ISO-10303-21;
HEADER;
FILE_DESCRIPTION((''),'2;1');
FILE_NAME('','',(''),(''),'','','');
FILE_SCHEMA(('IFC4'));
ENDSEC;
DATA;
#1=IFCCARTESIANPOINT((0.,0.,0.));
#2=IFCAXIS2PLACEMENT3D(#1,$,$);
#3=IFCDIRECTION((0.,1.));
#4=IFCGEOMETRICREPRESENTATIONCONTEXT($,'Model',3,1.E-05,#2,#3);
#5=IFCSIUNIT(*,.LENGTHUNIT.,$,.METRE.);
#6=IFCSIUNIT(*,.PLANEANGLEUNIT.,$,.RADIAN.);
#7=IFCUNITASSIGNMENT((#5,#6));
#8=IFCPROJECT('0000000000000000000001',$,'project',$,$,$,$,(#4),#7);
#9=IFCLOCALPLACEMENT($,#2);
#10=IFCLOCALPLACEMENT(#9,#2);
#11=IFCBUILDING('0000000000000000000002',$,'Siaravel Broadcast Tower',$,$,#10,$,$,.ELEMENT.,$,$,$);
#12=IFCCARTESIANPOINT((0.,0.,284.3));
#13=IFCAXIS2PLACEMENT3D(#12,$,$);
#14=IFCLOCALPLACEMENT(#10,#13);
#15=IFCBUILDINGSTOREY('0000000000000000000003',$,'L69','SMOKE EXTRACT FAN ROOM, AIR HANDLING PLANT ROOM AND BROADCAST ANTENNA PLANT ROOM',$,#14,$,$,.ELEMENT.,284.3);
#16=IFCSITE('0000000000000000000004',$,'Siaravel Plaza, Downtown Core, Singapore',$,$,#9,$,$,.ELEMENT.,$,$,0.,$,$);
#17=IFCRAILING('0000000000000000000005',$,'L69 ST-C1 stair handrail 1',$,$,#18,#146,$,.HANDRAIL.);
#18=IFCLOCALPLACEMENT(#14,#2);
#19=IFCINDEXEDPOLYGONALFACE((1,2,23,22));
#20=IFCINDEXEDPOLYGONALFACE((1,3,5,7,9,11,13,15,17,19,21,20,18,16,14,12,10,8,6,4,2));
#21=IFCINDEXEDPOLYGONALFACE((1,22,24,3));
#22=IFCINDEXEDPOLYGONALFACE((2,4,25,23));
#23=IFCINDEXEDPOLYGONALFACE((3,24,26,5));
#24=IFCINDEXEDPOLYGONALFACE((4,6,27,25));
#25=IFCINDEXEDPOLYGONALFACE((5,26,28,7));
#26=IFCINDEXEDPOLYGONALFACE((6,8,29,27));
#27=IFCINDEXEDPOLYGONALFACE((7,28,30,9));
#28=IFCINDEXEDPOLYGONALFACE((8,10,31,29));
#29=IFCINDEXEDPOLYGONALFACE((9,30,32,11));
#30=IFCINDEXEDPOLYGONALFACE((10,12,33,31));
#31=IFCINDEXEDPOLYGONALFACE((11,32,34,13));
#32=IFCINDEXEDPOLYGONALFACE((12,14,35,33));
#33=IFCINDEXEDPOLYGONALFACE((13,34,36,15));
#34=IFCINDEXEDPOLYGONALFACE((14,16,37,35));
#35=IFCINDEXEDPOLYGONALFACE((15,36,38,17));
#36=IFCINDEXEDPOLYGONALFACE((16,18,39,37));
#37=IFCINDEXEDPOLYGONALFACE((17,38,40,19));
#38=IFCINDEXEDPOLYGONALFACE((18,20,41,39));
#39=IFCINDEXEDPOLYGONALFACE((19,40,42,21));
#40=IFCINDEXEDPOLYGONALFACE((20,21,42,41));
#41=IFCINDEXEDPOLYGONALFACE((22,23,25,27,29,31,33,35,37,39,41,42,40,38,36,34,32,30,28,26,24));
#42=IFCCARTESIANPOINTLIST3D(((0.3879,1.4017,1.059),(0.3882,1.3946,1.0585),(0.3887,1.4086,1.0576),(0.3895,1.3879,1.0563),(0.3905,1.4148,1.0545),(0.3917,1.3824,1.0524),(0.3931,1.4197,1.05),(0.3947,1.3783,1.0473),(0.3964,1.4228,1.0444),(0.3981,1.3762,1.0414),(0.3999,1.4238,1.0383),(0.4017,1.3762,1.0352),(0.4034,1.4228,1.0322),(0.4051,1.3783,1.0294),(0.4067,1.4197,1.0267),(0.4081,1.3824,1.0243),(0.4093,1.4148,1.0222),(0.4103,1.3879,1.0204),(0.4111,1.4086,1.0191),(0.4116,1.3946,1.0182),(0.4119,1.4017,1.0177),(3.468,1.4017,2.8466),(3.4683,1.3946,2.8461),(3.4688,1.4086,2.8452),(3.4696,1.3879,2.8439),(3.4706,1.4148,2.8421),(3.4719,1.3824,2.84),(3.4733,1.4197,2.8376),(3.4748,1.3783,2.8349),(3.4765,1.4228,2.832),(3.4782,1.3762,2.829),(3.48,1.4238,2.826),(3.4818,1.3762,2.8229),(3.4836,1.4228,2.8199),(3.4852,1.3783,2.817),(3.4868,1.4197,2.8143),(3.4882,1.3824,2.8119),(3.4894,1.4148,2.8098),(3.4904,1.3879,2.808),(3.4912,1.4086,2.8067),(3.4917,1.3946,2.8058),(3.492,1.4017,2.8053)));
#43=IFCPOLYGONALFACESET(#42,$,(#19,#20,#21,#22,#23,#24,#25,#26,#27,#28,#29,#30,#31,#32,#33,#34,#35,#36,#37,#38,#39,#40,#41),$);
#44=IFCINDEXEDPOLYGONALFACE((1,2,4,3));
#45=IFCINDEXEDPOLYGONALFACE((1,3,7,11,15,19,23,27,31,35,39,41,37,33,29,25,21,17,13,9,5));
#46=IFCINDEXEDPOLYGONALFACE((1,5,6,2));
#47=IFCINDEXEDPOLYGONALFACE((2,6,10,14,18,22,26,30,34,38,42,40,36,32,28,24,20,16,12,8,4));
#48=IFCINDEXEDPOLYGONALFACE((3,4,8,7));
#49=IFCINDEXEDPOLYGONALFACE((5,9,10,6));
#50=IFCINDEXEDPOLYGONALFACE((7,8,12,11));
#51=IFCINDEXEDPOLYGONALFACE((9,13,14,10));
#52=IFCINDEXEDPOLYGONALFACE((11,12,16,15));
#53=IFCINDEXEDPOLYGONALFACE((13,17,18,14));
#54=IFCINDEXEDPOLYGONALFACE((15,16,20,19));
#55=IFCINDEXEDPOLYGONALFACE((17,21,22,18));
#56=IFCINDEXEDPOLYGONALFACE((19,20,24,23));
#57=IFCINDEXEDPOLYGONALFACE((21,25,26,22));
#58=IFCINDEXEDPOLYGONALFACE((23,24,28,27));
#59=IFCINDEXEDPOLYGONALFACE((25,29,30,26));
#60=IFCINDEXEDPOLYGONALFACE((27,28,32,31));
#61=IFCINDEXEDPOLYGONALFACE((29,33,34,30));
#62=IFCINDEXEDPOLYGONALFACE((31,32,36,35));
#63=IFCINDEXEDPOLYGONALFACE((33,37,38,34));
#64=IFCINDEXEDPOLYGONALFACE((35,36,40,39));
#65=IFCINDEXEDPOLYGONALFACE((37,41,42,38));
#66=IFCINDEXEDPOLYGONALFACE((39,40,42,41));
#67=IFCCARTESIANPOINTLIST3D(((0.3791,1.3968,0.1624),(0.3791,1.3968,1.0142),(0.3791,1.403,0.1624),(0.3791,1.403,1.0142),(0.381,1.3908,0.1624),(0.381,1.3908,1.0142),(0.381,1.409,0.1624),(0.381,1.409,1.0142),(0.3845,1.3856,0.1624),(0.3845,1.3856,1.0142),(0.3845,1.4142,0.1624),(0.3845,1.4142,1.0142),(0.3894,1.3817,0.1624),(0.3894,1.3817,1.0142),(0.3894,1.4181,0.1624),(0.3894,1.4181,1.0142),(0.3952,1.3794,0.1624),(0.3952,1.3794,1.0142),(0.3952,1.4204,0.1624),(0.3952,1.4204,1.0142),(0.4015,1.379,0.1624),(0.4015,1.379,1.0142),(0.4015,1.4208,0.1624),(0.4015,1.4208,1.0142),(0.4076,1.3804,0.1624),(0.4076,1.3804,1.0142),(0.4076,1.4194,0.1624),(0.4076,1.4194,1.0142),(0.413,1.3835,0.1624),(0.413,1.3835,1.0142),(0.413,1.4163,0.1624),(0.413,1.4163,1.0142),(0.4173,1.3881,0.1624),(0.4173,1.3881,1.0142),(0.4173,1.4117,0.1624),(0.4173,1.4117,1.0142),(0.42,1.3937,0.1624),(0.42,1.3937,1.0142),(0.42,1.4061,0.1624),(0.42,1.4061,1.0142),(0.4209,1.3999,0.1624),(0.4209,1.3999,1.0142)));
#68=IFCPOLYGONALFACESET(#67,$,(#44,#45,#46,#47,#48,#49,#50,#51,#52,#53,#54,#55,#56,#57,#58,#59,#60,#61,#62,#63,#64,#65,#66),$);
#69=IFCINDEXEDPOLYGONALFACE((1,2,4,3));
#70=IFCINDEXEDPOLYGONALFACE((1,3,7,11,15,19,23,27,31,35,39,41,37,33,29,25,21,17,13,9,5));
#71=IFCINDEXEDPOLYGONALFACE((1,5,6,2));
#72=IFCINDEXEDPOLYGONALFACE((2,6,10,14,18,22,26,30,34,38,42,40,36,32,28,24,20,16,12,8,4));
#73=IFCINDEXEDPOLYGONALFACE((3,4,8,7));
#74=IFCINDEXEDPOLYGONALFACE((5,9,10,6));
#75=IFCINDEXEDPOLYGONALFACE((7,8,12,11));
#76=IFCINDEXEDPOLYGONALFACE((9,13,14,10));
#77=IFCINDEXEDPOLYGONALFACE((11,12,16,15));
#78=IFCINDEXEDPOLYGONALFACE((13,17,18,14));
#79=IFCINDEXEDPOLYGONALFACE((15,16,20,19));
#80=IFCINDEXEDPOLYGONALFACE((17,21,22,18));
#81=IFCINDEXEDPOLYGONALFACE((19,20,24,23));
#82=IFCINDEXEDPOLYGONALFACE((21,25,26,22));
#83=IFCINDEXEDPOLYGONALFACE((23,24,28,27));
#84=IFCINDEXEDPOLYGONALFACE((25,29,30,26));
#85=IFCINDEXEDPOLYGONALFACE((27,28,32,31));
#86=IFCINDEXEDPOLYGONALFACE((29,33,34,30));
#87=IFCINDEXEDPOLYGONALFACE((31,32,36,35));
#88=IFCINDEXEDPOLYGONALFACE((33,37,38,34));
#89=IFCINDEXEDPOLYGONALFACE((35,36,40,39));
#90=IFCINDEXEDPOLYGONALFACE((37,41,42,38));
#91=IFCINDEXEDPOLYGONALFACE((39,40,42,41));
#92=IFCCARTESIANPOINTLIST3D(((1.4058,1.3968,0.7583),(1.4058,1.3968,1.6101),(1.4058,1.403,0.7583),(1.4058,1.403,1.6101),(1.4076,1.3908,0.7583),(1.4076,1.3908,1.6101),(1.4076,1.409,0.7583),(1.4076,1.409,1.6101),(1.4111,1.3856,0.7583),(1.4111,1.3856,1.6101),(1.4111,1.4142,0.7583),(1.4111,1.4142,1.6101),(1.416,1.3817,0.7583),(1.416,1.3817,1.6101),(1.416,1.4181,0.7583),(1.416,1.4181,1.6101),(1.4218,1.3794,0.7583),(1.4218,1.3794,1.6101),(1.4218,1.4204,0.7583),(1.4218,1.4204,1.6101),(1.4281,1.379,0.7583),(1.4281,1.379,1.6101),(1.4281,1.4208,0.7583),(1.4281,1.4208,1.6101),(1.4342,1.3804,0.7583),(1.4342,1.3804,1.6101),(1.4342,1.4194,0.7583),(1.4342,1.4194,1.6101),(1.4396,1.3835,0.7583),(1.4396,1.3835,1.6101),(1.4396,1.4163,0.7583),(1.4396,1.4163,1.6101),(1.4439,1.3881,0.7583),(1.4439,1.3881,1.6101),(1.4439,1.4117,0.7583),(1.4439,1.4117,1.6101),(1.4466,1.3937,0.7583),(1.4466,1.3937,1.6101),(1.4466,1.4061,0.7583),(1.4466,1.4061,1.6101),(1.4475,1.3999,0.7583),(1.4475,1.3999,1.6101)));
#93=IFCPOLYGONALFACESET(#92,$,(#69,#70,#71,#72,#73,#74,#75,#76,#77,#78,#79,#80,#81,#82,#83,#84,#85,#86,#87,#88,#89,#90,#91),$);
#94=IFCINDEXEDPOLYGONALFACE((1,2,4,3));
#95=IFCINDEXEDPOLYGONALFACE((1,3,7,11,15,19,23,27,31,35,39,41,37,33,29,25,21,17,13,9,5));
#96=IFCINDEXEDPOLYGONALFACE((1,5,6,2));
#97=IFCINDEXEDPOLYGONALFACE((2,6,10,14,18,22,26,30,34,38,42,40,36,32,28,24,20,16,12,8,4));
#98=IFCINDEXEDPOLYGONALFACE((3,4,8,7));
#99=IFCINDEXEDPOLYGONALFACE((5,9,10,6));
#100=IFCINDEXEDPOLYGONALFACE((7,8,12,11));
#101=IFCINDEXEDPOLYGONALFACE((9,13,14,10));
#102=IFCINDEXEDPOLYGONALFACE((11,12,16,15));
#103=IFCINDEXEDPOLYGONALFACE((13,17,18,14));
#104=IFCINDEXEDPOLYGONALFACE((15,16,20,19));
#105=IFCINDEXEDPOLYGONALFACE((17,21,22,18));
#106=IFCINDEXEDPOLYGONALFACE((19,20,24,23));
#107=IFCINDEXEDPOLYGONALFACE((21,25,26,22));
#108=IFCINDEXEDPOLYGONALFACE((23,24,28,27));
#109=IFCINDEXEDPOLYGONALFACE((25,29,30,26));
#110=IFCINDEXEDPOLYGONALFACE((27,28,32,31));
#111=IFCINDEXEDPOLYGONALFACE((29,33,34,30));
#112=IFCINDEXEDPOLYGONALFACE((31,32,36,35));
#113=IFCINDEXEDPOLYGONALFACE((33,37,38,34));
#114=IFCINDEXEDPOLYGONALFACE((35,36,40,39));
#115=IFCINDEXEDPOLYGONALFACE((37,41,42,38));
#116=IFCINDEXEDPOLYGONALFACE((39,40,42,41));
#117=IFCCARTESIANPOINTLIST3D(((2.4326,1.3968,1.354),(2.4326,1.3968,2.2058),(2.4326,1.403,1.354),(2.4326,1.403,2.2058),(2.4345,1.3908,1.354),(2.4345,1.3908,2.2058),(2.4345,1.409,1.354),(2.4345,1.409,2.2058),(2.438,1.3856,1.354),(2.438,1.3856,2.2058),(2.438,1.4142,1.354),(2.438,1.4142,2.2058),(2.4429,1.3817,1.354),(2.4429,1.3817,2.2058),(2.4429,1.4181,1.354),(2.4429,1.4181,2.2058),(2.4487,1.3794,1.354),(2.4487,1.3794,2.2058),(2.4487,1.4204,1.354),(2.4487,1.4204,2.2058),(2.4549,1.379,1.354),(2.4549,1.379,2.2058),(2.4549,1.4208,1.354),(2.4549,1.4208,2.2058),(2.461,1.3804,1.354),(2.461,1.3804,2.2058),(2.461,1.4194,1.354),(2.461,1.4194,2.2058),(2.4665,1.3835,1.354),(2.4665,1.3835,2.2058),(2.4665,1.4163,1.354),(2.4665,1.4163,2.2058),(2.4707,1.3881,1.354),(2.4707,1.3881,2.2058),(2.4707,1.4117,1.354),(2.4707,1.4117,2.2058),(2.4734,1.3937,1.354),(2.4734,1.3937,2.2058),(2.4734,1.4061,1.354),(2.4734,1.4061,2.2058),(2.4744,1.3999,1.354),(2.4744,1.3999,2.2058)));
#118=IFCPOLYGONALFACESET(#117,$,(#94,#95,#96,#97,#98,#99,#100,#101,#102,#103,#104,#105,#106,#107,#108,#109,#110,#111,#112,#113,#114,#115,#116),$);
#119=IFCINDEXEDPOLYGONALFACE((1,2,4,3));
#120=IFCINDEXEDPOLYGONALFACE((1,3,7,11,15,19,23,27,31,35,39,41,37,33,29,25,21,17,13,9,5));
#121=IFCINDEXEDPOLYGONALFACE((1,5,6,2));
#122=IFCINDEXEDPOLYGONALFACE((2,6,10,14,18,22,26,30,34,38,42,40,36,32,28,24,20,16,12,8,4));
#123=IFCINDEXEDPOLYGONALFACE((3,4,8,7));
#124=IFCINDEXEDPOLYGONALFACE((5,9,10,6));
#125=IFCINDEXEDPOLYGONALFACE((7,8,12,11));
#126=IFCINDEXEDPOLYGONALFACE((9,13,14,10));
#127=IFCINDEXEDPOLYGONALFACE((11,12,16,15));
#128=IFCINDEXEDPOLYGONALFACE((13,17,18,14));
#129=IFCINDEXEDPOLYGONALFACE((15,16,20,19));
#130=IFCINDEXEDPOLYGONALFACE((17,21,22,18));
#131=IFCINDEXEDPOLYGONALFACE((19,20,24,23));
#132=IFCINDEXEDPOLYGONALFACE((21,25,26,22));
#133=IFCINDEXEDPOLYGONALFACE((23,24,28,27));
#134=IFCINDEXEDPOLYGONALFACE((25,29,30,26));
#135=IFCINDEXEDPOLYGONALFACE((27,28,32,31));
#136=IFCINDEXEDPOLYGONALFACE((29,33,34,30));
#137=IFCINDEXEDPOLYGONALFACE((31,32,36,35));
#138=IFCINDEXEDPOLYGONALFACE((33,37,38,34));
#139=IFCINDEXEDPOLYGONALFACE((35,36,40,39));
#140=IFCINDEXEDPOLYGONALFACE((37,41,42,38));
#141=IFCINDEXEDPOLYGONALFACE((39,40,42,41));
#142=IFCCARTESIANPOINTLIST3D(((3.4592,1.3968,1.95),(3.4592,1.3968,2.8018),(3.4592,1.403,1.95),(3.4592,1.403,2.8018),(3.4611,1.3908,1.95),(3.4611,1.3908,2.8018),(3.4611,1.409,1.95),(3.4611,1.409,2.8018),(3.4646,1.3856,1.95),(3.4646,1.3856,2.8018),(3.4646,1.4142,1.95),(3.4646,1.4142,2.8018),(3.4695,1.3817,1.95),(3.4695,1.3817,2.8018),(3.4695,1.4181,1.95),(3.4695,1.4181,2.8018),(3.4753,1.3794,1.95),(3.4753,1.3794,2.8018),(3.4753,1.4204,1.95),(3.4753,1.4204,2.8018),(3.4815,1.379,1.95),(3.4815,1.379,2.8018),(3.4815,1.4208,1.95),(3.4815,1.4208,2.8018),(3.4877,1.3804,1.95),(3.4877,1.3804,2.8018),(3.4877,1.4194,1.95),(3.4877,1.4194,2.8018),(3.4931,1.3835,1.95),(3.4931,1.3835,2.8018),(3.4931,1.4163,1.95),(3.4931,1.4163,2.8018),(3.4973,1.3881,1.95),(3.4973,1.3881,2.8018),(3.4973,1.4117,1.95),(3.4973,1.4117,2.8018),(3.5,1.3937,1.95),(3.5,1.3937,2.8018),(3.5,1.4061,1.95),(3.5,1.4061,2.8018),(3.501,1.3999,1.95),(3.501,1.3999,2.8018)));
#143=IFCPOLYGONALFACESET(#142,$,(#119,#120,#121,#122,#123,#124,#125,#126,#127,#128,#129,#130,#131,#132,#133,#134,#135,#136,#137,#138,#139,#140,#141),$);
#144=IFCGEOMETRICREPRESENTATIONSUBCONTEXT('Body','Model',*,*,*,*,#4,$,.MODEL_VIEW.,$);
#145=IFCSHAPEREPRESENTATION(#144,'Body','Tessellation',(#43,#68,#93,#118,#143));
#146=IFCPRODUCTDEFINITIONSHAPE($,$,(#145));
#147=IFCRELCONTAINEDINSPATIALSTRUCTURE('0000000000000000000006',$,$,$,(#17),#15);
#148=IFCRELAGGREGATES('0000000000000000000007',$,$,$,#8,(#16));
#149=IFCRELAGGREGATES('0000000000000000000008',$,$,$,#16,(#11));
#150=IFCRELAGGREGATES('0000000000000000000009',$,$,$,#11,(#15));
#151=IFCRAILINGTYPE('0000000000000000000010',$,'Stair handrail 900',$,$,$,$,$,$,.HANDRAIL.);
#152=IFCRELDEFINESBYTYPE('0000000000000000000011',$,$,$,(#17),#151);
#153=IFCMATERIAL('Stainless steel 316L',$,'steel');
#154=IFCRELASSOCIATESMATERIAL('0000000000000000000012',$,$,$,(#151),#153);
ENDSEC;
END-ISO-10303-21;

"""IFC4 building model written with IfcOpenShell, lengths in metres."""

from ifc_helpers import new_model, si_unit, direction, frame, origin, origin_2d, place, context, subcontext, project, spatial, circle, extrude, material, type_object, element, save


model = new_model("IFC4")

# Units and contexts
model_context = context("Model", 3, precision=1e-05, world=origin(), true_north=direction((0.0, 1.0)))
body_context = subcontext(model_context, "Body", "Model", "MODEL_VIEW")
ifc_project = project(units=[si_unit("LENGTHUNIT", "METRE"), si_unit("PLANEANGLEUNIT", "RADIAN")], contexts=[model_context])

# Site, building, storey
site_placement = place(None, origin())
site = spatial("IfcSite", under=ifc_project, at=site_placement, Name="Siaravel Plaza, Downtown Core, Singapore", CompositionType="ELEMENT", RefElevation=0.0)
building_placement = place(site_placement, origin())
building = spatial("IfcBuilding", under=site, at=building_placement, Name="Siaravel Broadcast Tower", CompositionType="ELEMENT")
storey_placement = place(building_placement, frame((0.0, 0.0, 284.3)))
storey = spatial("IfcBuildingStorey", under=building, at=storey_placement, Name="L69", Description="SMOKE EXTRACT FAN ROOM, AIR HANDLING PLANT ROOM AND BROADCAST ANTENNA PLANT ROOM", CompositionType="ELEMENT", Elevation=284.3)

# Railing
ifc_material_1 = material(Name="Stainless steel 316L", Category="steel")
railing_type_1 = type_object("IfcRailingType", Name="Stair handrail 900", PredefinedType="HANDRAIL", material=ifc_material_1)
railing_1_placement = place(storey_placement, frame((0.3999, 1.3999, 0.1624)))
element("IfcRailing", 1, at=railing_1_placement, inside=storey, type_object=railing_type_1, Name="L69 ST-C1 stair handrail 1", PredefinedType="HANDRAIL", context=body_context, shape_type="SweptSolid", body=[
    extrude(circle(Radius=0.0239, at=origin_2d()), frame((0.0, 0.0, 0.876), z_axis=(0.864891, 0.0, 0.50196), x_axis=(0.0, 1.0, 0.0)), (0.0, 0.0, 1.0), 3.5613),
    extrude(circle(Radius=0.021, at=origin_2d()), origin(), (0.0, 0.0, 1.0), 0.8518),
    extrude(circle(Radius=0.021, at=origin_2d()), frame((1.0266, 0.0, 0.5959)), (0.0, 0.0, 1.0), 0.8518),
    extrude(circle(Radius=0.021, at=origin_2d()), frame((2.0535, 0.0, 1.1917)), (0.0, 0.0, 1.0), 0.8518),
    extrude(circle(Radius=0.021, at=origin_2d()), frame((3.0801, 0.0, 1.7876)), (0.0, 0.0, 1.0), 0.8518),
])

save(model, "model.ifc")
